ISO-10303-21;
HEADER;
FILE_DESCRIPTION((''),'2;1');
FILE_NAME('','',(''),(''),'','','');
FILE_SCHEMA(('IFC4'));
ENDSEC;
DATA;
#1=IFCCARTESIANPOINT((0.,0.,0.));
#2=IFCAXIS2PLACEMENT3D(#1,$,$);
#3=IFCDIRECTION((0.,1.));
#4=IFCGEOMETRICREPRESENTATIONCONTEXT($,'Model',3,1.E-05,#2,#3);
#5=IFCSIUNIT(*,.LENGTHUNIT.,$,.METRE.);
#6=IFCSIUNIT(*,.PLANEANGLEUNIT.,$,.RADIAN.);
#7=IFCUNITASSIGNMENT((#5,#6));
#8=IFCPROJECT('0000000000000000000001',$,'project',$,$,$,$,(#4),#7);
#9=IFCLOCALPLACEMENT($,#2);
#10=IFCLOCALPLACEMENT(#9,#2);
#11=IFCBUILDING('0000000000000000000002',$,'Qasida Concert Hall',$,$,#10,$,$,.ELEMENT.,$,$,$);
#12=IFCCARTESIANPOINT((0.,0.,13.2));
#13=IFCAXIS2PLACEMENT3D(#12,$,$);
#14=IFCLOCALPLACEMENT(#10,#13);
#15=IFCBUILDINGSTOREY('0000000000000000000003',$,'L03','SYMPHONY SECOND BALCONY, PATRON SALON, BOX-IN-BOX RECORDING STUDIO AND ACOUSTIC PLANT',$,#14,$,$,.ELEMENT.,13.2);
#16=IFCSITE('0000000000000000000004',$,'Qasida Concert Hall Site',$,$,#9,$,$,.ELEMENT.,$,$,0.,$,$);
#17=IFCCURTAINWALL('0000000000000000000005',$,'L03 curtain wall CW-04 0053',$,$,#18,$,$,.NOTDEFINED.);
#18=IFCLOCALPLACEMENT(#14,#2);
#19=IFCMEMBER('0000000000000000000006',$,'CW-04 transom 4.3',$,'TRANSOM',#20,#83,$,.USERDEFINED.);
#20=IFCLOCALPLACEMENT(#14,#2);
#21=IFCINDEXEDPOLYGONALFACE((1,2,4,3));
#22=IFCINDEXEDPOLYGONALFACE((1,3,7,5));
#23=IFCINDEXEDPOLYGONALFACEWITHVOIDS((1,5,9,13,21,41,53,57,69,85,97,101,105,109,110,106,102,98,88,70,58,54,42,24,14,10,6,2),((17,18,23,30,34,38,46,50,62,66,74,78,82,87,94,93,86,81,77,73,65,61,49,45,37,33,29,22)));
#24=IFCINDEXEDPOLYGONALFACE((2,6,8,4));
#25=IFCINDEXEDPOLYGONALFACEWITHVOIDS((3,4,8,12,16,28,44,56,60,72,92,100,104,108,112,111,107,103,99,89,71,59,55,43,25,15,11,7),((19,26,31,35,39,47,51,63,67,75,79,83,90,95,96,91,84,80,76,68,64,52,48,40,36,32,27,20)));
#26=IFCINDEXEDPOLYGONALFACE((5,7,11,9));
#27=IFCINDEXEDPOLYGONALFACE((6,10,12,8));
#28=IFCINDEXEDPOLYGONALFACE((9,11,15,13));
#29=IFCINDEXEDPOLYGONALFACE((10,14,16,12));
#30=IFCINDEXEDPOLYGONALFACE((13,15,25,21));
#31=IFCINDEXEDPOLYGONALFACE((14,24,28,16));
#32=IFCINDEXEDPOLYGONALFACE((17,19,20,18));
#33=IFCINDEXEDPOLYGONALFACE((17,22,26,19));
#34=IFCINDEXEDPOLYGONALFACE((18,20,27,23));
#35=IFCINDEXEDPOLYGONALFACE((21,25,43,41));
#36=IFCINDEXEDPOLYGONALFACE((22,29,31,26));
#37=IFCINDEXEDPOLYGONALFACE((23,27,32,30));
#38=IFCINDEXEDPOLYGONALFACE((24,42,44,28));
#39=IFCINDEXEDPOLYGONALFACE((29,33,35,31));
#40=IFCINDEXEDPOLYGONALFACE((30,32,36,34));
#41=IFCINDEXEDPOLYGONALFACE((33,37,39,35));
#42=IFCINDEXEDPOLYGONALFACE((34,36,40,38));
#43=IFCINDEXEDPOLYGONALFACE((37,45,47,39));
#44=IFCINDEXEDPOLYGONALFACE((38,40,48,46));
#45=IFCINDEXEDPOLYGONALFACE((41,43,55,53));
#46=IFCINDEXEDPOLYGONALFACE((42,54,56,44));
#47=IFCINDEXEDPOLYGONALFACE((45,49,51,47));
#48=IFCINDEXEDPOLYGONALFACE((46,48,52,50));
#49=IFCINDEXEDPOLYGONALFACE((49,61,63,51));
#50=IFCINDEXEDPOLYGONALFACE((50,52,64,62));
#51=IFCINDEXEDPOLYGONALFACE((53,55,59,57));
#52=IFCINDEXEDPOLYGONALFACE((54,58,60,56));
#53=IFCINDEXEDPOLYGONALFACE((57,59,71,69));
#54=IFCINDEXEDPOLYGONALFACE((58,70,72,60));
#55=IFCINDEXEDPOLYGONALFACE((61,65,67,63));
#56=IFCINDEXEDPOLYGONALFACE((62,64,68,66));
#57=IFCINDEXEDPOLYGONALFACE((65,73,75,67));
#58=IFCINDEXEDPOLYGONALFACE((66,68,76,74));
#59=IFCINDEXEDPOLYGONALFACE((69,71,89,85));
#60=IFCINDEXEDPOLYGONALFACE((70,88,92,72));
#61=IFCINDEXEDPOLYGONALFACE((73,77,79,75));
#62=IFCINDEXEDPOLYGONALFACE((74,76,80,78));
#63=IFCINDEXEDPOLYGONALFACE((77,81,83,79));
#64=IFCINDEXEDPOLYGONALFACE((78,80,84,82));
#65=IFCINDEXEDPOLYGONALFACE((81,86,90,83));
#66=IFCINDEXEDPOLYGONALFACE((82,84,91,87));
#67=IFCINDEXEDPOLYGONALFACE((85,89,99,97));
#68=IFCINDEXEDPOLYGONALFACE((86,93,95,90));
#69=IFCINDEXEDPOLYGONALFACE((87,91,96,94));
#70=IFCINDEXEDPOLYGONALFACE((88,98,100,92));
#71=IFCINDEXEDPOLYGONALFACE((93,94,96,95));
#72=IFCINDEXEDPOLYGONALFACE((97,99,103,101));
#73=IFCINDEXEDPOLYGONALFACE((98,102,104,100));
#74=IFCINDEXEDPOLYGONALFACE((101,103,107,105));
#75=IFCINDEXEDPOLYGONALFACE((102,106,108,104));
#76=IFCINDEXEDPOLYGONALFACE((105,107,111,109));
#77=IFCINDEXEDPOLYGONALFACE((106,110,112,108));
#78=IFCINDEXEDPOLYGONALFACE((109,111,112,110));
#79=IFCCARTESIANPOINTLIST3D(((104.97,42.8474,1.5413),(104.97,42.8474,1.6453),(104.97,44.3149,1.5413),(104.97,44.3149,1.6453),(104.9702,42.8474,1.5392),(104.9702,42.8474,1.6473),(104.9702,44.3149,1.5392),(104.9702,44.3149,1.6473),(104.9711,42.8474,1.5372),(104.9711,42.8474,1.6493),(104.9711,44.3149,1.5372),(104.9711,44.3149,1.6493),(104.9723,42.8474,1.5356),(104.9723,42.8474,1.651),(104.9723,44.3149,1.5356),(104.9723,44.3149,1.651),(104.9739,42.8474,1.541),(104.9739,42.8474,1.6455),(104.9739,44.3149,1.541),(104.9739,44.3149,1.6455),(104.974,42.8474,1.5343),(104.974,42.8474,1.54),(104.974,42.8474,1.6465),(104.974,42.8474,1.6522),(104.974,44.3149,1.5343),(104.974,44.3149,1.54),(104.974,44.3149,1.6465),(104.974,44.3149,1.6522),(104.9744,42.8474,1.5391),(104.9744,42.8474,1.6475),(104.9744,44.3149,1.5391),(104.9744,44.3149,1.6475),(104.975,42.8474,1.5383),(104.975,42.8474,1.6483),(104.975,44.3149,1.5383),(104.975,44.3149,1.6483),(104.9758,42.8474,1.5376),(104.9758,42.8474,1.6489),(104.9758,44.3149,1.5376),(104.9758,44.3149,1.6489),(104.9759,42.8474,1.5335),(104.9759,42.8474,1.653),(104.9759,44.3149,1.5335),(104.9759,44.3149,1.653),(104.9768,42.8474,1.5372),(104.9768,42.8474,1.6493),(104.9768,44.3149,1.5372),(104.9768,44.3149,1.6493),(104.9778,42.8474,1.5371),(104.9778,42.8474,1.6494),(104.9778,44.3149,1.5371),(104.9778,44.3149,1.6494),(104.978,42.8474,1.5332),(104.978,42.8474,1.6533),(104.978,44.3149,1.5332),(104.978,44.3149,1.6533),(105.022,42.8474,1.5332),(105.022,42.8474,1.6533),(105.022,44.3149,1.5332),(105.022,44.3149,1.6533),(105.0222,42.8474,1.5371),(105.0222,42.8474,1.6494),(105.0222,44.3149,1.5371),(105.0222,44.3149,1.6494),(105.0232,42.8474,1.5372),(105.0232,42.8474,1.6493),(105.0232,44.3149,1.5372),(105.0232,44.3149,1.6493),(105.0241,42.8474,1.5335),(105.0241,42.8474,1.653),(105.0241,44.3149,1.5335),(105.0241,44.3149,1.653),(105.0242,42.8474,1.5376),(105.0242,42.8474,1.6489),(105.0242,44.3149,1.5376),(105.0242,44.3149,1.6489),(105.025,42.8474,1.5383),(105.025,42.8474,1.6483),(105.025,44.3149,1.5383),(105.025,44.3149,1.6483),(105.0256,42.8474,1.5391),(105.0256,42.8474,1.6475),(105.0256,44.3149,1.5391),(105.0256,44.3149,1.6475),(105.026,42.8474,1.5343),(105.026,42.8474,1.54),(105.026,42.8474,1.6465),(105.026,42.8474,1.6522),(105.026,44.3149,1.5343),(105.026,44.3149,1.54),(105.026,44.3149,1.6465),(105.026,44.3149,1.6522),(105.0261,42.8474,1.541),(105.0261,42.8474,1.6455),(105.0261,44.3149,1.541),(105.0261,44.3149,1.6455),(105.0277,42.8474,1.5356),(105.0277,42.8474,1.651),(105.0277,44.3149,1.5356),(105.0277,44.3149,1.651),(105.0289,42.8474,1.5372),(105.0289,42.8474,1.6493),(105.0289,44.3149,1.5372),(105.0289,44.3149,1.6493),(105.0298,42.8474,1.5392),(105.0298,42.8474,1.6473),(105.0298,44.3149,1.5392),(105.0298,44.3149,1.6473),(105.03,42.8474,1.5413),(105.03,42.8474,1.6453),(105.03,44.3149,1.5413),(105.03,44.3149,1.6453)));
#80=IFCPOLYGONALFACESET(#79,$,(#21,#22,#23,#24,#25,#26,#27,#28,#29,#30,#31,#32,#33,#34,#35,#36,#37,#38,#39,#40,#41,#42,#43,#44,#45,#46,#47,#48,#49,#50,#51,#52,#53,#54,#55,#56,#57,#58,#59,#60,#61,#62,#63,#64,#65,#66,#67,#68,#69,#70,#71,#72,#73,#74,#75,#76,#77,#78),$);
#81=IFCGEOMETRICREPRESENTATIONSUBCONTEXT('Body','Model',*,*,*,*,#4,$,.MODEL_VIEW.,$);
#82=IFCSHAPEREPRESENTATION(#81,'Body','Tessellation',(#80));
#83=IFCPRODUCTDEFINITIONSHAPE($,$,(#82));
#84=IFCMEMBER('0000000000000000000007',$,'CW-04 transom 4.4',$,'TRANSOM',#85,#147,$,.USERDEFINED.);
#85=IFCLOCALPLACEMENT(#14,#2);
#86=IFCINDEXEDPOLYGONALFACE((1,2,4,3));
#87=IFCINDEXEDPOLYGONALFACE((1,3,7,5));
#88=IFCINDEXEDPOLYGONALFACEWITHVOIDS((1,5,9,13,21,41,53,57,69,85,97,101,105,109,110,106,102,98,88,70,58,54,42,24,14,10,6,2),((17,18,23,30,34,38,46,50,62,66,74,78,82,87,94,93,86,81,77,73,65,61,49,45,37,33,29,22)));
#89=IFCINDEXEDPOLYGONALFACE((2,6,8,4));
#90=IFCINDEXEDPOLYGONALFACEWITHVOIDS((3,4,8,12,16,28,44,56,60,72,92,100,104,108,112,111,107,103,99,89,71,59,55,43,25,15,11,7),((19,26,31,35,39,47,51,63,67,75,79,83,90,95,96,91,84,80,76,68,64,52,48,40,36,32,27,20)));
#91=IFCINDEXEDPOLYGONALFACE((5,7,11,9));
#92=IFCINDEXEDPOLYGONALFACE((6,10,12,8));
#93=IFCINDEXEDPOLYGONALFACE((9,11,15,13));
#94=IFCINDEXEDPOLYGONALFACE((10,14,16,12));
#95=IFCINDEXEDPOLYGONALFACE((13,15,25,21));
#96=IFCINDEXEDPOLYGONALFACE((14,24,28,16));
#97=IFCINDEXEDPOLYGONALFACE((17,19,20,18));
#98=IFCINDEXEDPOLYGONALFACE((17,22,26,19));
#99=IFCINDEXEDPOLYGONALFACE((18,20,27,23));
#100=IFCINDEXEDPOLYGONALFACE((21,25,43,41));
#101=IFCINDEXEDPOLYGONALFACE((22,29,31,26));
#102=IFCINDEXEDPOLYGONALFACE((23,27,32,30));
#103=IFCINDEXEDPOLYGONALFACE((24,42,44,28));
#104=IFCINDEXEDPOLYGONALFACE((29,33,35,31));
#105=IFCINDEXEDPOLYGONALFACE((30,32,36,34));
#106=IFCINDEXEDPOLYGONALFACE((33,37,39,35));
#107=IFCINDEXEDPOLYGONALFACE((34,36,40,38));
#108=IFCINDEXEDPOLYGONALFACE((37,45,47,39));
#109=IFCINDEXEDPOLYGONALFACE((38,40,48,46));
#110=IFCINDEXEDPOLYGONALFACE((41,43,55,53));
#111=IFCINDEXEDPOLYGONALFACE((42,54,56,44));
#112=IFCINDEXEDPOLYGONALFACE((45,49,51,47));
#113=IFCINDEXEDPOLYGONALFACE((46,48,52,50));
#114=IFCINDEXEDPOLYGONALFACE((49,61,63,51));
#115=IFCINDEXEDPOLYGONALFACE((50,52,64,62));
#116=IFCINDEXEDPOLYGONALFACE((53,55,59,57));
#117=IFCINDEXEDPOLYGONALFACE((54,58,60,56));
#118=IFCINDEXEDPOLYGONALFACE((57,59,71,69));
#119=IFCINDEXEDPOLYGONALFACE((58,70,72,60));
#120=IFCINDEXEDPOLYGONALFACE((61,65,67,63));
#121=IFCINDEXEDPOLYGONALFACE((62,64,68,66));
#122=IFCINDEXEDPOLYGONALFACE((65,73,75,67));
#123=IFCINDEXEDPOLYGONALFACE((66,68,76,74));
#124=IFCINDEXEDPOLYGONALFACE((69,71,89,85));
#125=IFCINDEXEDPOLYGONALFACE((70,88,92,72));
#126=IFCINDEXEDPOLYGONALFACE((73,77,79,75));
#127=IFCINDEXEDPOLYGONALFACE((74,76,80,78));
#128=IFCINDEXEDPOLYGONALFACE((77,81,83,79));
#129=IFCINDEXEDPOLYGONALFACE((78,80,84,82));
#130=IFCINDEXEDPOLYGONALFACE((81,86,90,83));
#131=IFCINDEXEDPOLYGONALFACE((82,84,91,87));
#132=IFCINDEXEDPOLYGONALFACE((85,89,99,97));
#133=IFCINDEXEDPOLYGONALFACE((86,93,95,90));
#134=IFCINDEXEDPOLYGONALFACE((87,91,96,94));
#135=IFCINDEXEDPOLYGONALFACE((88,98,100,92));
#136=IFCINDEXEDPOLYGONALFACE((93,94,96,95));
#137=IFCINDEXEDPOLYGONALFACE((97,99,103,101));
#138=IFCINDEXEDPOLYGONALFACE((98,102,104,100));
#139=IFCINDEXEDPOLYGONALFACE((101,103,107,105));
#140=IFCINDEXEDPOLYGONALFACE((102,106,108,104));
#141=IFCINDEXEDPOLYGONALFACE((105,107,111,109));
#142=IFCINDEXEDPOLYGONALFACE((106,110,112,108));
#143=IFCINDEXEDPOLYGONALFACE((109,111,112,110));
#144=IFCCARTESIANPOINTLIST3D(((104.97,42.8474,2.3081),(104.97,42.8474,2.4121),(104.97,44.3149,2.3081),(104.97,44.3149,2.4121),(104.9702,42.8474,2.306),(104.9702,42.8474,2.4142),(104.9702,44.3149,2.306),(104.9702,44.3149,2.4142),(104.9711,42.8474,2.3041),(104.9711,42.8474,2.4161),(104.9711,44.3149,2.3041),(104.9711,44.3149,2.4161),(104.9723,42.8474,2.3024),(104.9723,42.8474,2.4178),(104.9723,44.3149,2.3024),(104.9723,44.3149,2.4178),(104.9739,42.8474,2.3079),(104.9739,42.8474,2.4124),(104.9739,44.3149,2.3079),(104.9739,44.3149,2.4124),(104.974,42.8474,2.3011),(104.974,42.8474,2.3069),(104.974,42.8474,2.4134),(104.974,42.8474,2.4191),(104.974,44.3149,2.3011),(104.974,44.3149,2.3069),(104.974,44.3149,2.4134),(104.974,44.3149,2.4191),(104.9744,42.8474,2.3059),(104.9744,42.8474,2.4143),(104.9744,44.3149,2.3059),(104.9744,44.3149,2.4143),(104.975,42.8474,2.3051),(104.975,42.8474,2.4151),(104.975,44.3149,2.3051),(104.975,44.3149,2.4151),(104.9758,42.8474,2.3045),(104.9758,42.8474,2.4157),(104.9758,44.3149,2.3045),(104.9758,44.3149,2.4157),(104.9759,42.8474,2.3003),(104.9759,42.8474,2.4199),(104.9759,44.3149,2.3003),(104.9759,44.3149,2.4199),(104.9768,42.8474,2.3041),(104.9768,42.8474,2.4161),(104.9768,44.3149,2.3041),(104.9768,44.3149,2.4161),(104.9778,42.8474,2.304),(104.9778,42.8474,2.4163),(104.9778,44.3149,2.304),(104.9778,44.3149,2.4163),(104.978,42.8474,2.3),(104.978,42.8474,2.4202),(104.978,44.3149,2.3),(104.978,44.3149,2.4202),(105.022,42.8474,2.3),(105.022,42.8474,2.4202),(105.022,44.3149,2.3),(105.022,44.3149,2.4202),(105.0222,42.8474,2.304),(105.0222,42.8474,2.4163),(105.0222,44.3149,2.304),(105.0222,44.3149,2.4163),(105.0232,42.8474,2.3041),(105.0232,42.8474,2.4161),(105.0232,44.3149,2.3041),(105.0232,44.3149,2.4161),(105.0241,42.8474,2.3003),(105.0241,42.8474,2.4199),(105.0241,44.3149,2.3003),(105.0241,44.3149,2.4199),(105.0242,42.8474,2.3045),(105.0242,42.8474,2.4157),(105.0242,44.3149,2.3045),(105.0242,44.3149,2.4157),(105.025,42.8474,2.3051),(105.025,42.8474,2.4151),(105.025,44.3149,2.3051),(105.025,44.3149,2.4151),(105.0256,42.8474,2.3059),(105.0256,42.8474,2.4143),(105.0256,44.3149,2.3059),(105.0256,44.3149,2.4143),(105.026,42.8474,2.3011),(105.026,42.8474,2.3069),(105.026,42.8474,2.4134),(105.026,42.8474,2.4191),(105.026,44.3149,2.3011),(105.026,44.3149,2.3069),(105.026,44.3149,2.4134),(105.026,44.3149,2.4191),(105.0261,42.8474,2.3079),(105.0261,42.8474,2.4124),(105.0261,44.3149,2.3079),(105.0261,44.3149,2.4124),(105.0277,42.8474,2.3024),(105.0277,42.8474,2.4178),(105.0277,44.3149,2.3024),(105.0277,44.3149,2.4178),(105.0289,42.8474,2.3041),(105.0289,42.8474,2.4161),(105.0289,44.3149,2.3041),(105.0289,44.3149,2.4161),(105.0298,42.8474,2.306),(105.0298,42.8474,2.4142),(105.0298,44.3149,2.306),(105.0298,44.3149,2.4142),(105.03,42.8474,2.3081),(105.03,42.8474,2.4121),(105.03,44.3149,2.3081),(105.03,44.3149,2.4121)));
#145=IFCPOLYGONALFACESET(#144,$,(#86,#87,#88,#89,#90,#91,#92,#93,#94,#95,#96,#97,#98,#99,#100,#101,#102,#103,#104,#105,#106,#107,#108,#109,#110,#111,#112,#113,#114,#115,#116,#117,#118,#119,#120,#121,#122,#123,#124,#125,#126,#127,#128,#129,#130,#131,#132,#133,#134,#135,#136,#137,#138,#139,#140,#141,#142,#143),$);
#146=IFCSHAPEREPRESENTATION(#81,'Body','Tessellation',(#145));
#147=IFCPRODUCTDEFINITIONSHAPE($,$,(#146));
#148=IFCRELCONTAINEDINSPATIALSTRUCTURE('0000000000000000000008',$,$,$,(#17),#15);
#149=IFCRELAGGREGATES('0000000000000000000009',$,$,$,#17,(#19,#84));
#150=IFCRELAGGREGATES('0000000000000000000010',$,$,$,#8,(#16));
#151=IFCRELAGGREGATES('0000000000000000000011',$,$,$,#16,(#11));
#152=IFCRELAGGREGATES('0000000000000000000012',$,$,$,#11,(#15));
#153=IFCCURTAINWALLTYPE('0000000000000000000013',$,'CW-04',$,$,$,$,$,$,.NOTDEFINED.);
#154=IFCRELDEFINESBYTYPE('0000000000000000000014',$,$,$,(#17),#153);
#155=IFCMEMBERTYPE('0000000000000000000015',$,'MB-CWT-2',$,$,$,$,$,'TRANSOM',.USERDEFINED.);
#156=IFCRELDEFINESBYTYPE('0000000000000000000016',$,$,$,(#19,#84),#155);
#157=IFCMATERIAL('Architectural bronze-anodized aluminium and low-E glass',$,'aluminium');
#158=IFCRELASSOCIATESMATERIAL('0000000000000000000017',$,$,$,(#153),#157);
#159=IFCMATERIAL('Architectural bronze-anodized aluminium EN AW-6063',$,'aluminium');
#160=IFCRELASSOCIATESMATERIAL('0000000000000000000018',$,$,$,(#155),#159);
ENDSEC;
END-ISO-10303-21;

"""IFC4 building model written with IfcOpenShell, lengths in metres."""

from ifc_helpers import new_model, si_unit, direction, frame, origin, origin_2d, place, context, subcontext, project, spatial, hollow_rectangle, extrude, material, material_profile, profile_set, type_object, element, aggregate, save


model = new_model("IFC4")

# Units and contexts
model_context = context("Model", 3, precision=1e-05, world=origin(), true_north=direction((0.0, 1.0)))
body_context = subcontext(model_context, "Body", "Model", "MODEL_VIEW")
ifc_project = project(units=[si_unit("LENGTHUNIT", "METRE"), si_unit("PLANEANGLEUNIT", "RADIAN")], contexts=[model_context])

# Site, building, storey
site_placement = place(None, origin())
site = spatial("IfcSite", under=ifc_project, at=site_placement, Name="Qasida Concert Hall Site", CompositionType="ELEMENT", RefElevation=0.0)
building_placement = place(site_placement, origin())
building = spatial("IfcBuilding", under=site, at=building_placement, Name="Qasida Concert Hall", CompositionType="ELEMENT")
storey_placement = place(building_placement, frame((0.0, 0.0, 13.2)))
storey = spatial("IfcBuildingStorey", under=building, at=storey_placement, Name="L03", Description="SYMPHONY SECOND BALCONY, PATRON SALON, BOX-IN-BOX RECORDING STUDIO AND ACOUSTIC PLANT", CompositionType="ELEMENT", Elevation=13.2)

# Curtain wall
ifc_material_1 = material(Name="Architectural bronze-anodized aluminium and low-E glass", Category="aluminium")
curtain_wall_type = type_object("IfcCurtainWallType", Name="CW-04", PredefinedType="NOTDEFINED", material=ifc_material_1)
curtain_wall_1_placement = place(storey_placement, origin())
curtain_wall_1 = element("IfcCurtainWall", 1, at=curtain_wall_1_placement, inside=storey, type_object=curtain_wall_type, Name="L03 curtain wall CW-04 0053", PredefinedType="NOTDEFINED")
ifc_material_2 = material(Name="Architectural bronze-anodized aluminium EN AW-6063", Category="aluminium")

# Members
ifc_material_profile_1 = material_profile(ifc_material_2, hollow_rectangle(XDim=0.0601, YDim=0.1201, WallThickness=0.0039, InnerFilletRadius=0.0039, OuterFilletRadius=0.0081, at=origin_2d()), Name="CWT 120x60x4")
ifc_profile_set_1 = profile_set([ifc_material_profile_1], Name="Architectural bronze-anodized aluminium EN AW-6063")
member_type_1 = type_object("IfcMemberType", Name="MB-CWT-2", ElementType="TRANSOM", PredefinedType="USERDEFINED", material=ifc_profile_set_1)
member_1_placement = place(storey_placement, frame((105.0, 42.8474, 1.5933), z_axis=(0.0, 1.0, 0.0), x_axis=(-1.0, 0.0, 0.0)))
member_1 = element("IfcMember", 2, at=member_1_placement, type_object=member_type_1, Name="CW-04 transom 4.3", ObjectType="TRANSOM", PredefinedType="USERDEFINED", context=body_context, shape_type="SweptSolid", body=[
    extrude(hollow_rectangle(XDim=0.0601, YDim=0.1201, WallThickness=0.0039, InnerFilletRadius=0.0039, OuterFilletRadius=0.0081, at=origin_2d()), origin(), (0.0, 0.0, 1.0), 1.4675),
])
member_2_placement = place(storey_placement, frame((105.0, 42.8474, 2.3601), z_axis=(0.0, 1.0, 0.0), x_axis=(-1.0, 0.0, 0.0)))
member_2 = element("IfcMember", 3, at=member_2_placement, type_object=member_type_1, Name="CW-04 transom 4.4", ObjectType="TRANSOM", PredefinedType="USERDEFINED", context=body_context, shape_type="SweptSolid", body=[
    extrude(hollow_rectangle(XDim=0.0601, YDim=0.1201, WallThickness=0.0039, InnerFilletRadius=0.0039, OuterFilletRadius=0.0081, at=origin_2d()), origin(), (0.0, 0.0, 1.0), 1.4675),
])

aggregate(curtain_wall_1, [member_1, member_2])

save(model, "model.ifc")
